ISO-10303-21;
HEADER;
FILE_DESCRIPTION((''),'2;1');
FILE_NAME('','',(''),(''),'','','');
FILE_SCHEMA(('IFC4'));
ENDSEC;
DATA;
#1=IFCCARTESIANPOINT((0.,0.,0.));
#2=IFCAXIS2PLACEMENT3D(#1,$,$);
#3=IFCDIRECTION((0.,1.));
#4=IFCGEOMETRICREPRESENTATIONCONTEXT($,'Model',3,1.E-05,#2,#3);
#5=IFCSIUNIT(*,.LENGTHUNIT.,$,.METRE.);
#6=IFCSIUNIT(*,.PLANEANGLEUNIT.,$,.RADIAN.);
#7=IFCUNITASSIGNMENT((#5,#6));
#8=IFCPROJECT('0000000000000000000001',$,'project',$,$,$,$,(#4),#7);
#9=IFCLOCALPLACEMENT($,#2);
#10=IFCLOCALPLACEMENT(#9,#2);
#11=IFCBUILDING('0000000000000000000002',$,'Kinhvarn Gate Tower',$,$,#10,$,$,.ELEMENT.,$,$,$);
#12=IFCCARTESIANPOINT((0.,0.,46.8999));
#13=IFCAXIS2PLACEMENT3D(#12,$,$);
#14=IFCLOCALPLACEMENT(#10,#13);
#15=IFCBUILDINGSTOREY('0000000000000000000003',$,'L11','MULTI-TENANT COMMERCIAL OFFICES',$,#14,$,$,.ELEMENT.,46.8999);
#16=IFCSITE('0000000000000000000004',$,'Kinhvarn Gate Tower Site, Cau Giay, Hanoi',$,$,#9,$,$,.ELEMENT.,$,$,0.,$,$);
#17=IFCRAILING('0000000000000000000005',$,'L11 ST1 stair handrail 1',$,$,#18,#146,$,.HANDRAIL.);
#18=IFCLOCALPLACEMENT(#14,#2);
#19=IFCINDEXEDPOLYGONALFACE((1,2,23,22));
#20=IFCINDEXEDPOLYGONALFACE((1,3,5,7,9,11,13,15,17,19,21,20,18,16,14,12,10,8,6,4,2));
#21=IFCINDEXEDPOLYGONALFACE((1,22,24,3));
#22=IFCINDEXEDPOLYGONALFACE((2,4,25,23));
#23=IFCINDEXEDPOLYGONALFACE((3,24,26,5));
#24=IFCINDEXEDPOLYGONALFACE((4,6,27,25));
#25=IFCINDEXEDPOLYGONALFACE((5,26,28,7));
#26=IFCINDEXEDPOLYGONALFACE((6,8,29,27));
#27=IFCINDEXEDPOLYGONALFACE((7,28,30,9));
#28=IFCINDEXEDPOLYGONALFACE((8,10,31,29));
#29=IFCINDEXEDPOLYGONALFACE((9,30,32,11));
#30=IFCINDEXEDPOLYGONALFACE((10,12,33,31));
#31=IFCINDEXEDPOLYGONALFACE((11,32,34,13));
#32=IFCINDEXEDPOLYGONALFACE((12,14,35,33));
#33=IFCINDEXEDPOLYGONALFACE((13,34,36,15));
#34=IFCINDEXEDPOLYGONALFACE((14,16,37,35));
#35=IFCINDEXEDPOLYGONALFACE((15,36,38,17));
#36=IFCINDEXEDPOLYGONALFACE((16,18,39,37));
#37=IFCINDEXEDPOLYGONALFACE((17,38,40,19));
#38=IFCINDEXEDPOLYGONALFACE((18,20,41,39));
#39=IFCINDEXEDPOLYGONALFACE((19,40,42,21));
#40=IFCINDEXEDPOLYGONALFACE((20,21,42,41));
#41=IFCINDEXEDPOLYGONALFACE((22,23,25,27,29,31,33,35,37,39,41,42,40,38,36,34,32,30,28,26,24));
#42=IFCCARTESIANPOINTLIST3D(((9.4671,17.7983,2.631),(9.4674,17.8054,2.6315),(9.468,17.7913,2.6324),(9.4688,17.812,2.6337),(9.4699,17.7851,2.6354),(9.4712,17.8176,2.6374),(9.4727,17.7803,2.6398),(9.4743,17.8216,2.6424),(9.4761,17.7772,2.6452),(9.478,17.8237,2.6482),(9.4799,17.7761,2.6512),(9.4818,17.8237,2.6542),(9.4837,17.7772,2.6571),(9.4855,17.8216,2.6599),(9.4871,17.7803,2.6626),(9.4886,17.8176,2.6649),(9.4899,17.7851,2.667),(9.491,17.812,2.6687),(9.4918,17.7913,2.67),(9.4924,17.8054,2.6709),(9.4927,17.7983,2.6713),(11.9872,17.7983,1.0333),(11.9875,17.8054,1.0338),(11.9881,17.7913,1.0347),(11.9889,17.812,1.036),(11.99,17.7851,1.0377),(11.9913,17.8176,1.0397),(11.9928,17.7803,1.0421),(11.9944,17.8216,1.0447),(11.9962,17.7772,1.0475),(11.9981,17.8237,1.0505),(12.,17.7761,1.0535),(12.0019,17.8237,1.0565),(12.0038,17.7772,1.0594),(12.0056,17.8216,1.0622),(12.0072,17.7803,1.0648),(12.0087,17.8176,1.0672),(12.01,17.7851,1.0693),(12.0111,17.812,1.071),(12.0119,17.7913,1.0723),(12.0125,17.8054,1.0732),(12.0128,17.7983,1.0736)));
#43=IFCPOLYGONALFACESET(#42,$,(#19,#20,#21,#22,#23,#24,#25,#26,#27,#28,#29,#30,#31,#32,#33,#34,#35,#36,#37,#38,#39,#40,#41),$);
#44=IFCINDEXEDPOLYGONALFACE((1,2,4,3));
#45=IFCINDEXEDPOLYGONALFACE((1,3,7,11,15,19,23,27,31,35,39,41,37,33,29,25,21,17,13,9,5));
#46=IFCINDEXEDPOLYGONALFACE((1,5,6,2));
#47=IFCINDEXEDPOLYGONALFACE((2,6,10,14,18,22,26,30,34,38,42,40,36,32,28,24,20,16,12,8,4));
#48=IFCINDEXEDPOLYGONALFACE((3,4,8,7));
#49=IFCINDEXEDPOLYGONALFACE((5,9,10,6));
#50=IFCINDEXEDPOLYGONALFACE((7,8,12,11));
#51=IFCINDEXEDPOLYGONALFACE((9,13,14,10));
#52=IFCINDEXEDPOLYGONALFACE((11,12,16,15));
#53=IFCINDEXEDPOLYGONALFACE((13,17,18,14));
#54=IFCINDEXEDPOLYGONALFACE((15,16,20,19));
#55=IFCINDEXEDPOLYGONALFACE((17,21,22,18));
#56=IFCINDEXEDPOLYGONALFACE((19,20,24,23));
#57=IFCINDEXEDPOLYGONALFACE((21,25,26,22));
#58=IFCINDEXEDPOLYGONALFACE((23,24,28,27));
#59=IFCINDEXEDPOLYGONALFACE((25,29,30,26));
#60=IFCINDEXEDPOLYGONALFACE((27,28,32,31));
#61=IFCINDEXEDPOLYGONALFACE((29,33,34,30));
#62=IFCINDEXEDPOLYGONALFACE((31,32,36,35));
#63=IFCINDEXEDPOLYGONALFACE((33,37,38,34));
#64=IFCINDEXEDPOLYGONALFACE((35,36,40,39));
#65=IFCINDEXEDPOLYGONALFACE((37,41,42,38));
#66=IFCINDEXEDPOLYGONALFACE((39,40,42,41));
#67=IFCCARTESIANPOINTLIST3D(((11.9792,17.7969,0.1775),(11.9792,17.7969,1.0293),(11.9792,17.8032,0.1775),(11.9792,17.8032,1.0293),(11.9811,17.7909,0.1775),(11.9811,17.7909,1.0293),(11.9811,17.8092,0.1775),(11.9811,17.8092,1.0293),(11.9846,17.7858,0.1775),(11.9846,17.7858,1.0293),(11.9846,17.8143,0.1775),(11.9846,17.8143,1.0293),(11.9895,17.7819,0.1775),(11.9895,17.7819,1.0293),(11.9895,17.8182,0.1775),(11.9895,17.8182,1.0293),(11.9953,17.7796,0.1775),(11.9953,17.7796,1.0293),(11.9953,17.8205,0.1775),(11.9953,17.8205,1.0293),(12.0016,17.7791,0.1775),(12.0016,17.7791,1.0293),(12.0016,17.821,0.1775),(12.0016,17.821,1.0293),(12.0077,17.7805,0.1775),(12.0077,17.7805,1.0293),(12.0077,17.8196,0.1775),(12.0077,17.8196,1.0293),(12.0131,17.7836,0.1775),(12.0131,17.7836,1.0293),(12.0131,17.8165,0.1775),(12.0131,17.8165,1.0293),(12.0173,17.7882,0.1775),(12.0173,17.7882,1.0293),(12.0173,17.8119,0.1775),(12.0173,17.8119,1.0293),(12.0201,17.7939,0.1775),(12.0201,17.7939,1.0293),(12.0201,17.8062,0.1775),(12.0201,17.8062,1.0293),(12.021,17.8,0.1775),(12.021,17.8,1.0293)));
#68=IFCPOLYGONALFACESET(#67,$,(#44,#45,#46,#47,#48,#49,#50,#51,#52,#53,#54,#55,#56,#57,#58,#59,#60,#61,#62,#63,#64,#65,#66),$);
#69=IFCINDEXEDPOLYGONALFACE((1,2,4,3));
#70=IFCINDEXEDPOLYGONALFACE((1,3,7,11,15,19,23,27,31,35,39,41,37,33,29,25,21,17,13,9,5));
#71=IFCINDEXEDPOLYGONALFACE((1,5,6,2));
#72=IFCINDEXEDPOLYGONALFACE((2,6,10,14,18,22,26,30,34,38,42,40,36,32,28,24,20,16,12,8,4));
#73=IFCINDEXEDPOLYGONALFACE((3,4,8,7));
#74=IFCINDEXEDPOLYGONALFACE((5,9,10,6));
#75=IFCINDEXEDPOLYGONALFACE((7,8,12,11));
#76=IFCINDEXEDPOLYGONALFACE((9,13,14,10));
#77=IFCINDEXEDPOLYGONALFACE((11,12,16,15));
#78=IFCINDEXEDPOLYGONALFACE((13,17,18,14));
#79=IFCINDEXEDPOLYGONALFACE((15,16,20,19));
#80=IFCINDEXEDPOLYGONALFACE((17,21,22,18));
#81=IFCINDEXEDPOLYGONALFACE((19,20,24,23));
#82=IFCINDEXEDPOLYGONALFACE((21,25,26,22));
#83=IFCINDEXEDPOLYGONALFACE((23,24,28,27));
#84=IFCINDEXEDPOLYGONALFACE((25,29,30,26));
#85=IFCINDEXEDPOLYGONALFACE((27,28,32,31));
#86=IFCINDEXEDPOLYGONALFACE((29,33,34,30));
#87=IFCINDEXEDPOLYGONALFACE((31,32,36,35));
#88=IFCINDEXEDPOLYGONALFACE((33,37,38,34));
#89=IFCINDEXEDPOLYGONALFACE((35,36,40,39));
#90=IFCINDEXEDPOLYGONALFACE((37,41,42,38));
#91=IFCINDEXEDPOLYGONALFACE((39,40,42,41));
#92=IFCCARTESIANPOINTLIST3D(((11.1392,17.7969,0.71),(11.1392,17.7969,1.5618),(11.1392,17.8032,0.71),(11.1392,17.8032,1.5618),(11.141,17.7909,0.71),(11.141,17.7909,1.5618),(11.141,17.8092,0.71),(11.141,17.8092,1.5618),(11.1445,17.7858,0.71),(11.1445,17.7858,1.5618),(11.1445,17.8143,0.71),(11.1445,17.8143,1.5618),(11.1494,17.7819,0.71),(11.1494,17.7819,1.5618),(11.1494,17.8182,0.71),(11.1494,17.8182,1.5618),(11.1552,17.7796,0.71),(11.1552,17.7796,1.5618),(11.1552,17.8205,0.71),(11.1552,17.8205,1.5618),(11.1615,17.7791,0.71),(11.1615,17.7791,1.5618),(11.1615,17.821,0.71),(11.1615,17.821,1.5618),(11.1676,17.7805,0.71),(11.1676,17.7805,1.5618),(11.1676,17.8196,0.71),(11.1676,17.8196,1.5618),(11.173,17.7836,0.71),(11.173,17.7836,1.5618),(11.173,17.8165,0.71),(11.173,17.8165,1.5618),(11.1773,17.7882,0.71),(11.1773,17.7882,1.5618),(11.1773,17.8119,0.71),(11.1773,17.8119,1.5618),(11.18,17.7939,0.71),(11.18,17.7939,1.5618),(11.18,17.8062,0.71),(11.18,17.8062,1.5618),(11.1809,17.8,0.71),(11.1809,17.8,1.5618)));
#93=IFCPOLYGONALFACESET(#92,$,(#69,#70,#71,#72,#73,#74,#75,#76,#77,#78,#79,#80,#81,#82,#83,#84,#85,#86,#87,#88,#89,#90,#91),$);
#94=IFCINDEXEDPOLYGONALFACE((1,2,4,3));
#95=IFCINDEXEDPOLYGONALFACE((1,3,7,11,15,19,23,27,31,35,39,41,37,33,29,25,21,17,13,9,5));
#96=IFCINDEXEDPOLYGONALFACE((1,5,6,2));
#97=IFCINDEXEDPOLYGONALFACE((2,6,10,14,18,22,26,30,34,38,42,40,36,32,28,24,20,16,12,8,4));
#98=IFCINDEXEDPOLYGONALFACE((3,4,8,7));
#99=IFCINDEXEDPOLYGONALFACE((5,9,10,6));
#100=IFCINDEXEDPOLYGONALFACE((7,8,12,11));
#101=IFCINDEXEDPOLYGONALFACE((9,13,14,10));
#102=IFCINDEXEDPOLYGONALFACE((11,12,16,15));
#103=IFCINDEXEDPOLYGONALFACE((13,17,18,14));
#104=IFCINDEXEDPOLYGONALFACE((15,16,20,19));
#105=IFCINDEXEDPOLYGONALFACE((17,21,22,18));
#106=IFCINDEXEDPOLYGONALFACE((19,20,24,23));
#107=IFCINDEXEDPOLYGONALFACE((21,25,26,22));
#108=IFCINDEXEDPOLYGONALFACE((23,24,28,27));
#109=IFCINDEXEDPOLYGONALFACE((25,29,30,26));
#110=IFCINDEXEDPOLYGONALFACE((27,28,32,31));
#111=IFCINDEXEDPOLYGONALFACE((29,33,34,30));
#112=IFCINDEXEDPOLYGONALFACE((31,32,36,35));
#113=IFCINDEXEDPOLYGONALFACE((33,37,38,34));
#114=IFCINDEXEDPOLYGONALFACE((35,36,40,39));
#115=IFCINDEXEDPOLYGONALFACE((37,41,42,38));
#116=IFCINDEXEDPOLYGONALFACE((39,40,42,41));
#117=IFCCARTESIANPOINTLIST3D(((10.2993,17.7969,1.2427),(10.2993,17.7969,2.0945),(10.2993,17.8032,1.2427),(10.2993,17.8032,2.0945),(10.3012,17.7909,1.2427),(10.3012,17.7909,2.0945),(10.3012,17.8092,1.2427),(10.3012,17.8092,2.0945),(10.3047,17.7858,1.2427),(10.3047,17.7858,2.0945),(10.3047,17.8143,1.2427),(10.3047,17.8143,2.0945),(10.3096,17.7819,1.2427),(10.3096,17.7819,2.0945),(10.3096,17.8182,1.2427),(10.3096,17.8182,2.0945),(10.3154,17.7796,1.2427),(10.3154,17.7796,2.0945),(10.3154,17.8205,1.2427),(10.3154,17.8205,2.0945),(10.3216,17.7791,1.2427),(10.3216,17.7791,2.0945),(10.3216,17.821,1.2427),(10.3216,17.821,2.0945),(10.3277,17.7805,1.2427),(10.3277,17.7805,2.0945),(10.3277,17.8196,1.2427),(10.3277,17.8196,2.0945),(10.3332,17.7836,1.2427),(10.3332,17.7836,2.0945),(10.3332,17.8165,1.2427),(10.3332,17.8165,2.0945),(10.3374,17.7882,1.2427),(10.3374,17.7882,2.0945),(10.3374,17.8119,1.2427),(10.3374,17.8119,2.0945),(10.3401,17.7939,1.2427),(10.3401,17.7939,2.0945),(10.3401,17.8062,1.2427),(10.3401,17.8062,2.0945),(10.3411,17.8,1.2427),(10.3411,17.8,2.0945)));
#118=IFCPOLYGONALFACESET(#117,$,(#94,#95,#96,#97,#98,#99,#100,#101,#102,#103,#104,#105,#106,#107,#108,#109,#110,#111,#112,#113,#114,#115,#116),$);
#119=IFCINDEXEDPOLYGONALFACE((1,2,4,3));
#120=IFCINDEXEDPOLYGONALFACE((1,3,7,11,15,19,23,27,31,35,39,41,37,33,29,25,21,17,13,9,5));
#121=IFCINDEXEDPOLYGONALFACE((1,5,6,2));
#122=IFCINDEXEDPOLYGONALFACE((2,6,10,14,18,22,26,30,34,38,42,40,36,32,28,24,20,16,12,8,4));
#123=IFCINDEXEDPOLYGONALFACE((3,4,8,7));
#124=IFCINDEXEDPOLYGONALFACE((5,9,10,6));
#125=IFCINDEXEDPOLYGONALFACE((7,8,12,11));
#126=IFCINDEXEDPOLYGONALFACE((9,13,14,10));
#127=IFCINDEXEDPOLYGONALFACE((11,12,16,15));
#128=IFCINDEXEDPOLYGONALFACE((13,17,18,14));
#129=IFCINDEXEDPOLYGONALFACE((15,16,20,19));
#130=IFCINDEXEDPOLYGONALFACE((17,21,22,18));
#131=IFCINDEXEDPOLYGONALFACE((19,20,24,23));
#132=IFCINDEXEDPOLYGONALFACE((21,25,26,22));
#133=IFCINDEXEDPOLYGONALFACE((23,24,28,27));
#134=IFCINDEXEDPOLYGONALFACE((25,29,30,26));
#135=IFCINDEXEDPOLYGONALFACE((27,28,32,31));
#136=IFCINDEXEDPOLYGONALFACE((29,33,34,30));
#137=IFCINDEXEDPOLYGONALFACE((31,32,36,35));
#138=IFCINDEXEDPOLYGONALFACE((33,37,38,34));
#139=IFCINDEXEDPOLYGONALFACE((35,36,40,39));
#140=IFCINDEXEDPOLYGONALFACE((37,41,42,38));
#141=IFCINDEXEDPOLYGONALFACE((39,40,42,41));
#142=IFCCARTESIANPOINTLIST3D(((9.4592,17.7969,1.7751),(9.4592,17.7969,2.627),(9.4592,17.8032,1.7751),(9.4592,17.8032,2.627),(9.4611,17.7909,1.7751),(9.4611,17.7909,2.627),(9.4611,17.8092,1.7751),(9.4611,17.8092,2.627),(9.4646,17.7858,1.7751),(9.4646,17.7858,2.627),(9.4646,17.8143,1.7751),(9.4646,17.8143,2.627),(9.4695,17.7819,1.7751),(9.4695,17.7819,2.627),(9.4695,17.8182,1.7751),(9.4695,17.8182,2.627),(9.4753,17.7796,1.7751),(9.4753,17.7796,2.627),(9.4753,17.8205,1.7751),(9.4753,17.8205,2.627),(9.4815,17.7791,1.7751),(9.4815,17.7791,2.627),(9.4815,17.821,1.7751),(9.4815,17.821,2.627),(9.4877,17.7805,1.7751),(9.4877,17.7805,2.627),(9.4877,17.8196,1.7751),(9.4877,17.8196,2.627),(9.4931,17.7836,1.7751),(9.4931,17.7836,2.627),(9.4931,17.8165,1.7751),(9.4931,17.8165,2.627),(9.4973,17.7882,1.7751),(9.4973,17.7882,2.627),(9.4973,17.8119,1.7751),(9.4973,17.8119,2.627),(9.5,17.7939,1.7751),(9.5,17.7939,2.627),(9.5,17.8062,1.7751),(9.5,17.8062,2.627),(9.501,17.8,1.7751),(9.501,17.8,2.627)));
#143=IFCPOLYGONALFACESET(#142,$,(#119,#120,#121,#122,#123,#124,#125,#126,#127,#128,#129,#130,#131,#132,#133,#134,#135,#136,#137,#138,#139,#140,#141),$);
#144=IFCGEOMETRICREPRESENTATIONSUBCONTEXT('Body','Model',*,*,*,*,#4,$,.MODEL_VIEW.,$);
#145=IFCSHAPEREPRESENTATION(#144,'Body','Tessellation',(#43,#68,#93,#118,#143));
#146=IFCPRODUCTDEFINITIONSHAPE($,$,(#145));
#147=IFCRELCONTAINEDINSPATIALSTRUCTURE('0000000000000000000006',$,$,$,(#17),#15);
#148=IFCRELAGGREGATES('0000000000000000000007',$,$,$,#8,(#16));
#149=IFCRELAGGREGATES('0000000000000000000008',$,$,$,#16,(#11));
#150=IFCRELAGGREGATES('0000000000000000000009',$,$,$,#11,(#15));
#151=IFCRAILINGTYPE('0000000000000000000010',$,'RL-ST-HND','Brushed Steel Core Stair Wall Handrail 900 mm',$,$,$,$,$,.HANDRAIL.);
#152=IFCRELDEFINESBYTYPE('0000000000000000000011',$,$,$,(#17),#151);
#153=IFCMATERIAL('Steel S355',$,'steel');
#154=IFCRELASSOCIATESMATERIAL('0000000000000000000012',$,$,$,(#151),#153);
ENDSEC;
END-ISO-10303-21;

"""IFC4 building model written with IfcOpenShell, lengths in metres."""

from ifc_helpers import new_model, si_unit, direction, frame, origin, origin_2d, place, context, subcontext, project, spatial, circle, extrude, material, type_object, element, save


model = new_model("IFC4")

# Units and contexts
model_context = context("Model", 3, precision=1e-05, world=origin(), true_north=direction((0.0, 1.0)))
body_context = subcontext(model_context, "Body", "Model", "MODEL_VIEW")
ifc_project = project(units=[si_unit("LENGTHUNIT", "METRE"), si_unit("PLANEANGLEUNIT", "RADIAN")], contexts=[model_context])

# Site, building, storey
site_placement = place(None, origin())
site = spatial("IfcSite", under=ifc_project, at=site_placement, Name="Kinhvarn Gate Tower Site, Cau Giay, Hanoi", CompositionType="ELEMENT", RefElevation=0.0)
building_placement = place(site_placement, origin())
building = spatial("IfcBuilding", under=site, at=building_placement, Name="Kinhvarn Gate Tower", CompositionType="ELEMENT")
storey_placement = place(building_placement, frame((0.0, 0.0, 46.8999)))
storey = spatial("IfcBuildingStorey", under=building, at=storey_placement, Name="L11", Description="MULTI-TENANT COMMERCIAL OFFICES", CompositionType="ELEMENT", Elevation=46.8999)

# Shared definitions
ifc_material_1 = material(Name="Steel S355", Category="steel")

# Railing
railing_type_1 = type_object("IfcRailingType", Name="RL-ST-HND", Description="Brushed Steel Core Stair Wall Handrail 900 mm", PredefinedType="HANDRAIL", material=ifc_material_1)
railing_1_placement = place(storey_placement, frame((12.0, 17.8, 0.1775)))
element("IfcRailing", 1, at=railing_1_placement, inside=storey, type_object=railing_type_1, Name="L11 ST1 stair handrail 1", PredefinedType="HANDRAIL", context=body_context, shape_type="SweptSolid", body=[
    extrude(circle(Radius=0.0239, at=origin_2d()), frame((0.0, 0.0, 0.876), z_axis=(-0.84457, 0.0, 0.535445), x_axis=(0.0, -1.0, 0.0)), (0.0, 0.0, 1.0), 2.9839),
    extrude(circle(Radius=0.021, at=origin_2d()), origin(), (0.0, 0.0, 1.0), 0.8518),
    extrude(circle(Radius=0.021, at=origin_2d()), frame((-0.8401, 0.0, 0.5325)), (0.0, 0.0, 1.0), 0.8518),
    extrude(circle(Radius=0.021, at=origin_2d()), frame((-1.6799, 0.0, 1.0652)), (0.0, 0.0, 1.0), 0.8518),
    extrude(circle(Radius=0.021, at=origin_2d()), frame((-2.52, 0.0, 1.5977)), (0.0, 0.0, 1.0), 0.8518),
])

save(model, "model.ifc")
